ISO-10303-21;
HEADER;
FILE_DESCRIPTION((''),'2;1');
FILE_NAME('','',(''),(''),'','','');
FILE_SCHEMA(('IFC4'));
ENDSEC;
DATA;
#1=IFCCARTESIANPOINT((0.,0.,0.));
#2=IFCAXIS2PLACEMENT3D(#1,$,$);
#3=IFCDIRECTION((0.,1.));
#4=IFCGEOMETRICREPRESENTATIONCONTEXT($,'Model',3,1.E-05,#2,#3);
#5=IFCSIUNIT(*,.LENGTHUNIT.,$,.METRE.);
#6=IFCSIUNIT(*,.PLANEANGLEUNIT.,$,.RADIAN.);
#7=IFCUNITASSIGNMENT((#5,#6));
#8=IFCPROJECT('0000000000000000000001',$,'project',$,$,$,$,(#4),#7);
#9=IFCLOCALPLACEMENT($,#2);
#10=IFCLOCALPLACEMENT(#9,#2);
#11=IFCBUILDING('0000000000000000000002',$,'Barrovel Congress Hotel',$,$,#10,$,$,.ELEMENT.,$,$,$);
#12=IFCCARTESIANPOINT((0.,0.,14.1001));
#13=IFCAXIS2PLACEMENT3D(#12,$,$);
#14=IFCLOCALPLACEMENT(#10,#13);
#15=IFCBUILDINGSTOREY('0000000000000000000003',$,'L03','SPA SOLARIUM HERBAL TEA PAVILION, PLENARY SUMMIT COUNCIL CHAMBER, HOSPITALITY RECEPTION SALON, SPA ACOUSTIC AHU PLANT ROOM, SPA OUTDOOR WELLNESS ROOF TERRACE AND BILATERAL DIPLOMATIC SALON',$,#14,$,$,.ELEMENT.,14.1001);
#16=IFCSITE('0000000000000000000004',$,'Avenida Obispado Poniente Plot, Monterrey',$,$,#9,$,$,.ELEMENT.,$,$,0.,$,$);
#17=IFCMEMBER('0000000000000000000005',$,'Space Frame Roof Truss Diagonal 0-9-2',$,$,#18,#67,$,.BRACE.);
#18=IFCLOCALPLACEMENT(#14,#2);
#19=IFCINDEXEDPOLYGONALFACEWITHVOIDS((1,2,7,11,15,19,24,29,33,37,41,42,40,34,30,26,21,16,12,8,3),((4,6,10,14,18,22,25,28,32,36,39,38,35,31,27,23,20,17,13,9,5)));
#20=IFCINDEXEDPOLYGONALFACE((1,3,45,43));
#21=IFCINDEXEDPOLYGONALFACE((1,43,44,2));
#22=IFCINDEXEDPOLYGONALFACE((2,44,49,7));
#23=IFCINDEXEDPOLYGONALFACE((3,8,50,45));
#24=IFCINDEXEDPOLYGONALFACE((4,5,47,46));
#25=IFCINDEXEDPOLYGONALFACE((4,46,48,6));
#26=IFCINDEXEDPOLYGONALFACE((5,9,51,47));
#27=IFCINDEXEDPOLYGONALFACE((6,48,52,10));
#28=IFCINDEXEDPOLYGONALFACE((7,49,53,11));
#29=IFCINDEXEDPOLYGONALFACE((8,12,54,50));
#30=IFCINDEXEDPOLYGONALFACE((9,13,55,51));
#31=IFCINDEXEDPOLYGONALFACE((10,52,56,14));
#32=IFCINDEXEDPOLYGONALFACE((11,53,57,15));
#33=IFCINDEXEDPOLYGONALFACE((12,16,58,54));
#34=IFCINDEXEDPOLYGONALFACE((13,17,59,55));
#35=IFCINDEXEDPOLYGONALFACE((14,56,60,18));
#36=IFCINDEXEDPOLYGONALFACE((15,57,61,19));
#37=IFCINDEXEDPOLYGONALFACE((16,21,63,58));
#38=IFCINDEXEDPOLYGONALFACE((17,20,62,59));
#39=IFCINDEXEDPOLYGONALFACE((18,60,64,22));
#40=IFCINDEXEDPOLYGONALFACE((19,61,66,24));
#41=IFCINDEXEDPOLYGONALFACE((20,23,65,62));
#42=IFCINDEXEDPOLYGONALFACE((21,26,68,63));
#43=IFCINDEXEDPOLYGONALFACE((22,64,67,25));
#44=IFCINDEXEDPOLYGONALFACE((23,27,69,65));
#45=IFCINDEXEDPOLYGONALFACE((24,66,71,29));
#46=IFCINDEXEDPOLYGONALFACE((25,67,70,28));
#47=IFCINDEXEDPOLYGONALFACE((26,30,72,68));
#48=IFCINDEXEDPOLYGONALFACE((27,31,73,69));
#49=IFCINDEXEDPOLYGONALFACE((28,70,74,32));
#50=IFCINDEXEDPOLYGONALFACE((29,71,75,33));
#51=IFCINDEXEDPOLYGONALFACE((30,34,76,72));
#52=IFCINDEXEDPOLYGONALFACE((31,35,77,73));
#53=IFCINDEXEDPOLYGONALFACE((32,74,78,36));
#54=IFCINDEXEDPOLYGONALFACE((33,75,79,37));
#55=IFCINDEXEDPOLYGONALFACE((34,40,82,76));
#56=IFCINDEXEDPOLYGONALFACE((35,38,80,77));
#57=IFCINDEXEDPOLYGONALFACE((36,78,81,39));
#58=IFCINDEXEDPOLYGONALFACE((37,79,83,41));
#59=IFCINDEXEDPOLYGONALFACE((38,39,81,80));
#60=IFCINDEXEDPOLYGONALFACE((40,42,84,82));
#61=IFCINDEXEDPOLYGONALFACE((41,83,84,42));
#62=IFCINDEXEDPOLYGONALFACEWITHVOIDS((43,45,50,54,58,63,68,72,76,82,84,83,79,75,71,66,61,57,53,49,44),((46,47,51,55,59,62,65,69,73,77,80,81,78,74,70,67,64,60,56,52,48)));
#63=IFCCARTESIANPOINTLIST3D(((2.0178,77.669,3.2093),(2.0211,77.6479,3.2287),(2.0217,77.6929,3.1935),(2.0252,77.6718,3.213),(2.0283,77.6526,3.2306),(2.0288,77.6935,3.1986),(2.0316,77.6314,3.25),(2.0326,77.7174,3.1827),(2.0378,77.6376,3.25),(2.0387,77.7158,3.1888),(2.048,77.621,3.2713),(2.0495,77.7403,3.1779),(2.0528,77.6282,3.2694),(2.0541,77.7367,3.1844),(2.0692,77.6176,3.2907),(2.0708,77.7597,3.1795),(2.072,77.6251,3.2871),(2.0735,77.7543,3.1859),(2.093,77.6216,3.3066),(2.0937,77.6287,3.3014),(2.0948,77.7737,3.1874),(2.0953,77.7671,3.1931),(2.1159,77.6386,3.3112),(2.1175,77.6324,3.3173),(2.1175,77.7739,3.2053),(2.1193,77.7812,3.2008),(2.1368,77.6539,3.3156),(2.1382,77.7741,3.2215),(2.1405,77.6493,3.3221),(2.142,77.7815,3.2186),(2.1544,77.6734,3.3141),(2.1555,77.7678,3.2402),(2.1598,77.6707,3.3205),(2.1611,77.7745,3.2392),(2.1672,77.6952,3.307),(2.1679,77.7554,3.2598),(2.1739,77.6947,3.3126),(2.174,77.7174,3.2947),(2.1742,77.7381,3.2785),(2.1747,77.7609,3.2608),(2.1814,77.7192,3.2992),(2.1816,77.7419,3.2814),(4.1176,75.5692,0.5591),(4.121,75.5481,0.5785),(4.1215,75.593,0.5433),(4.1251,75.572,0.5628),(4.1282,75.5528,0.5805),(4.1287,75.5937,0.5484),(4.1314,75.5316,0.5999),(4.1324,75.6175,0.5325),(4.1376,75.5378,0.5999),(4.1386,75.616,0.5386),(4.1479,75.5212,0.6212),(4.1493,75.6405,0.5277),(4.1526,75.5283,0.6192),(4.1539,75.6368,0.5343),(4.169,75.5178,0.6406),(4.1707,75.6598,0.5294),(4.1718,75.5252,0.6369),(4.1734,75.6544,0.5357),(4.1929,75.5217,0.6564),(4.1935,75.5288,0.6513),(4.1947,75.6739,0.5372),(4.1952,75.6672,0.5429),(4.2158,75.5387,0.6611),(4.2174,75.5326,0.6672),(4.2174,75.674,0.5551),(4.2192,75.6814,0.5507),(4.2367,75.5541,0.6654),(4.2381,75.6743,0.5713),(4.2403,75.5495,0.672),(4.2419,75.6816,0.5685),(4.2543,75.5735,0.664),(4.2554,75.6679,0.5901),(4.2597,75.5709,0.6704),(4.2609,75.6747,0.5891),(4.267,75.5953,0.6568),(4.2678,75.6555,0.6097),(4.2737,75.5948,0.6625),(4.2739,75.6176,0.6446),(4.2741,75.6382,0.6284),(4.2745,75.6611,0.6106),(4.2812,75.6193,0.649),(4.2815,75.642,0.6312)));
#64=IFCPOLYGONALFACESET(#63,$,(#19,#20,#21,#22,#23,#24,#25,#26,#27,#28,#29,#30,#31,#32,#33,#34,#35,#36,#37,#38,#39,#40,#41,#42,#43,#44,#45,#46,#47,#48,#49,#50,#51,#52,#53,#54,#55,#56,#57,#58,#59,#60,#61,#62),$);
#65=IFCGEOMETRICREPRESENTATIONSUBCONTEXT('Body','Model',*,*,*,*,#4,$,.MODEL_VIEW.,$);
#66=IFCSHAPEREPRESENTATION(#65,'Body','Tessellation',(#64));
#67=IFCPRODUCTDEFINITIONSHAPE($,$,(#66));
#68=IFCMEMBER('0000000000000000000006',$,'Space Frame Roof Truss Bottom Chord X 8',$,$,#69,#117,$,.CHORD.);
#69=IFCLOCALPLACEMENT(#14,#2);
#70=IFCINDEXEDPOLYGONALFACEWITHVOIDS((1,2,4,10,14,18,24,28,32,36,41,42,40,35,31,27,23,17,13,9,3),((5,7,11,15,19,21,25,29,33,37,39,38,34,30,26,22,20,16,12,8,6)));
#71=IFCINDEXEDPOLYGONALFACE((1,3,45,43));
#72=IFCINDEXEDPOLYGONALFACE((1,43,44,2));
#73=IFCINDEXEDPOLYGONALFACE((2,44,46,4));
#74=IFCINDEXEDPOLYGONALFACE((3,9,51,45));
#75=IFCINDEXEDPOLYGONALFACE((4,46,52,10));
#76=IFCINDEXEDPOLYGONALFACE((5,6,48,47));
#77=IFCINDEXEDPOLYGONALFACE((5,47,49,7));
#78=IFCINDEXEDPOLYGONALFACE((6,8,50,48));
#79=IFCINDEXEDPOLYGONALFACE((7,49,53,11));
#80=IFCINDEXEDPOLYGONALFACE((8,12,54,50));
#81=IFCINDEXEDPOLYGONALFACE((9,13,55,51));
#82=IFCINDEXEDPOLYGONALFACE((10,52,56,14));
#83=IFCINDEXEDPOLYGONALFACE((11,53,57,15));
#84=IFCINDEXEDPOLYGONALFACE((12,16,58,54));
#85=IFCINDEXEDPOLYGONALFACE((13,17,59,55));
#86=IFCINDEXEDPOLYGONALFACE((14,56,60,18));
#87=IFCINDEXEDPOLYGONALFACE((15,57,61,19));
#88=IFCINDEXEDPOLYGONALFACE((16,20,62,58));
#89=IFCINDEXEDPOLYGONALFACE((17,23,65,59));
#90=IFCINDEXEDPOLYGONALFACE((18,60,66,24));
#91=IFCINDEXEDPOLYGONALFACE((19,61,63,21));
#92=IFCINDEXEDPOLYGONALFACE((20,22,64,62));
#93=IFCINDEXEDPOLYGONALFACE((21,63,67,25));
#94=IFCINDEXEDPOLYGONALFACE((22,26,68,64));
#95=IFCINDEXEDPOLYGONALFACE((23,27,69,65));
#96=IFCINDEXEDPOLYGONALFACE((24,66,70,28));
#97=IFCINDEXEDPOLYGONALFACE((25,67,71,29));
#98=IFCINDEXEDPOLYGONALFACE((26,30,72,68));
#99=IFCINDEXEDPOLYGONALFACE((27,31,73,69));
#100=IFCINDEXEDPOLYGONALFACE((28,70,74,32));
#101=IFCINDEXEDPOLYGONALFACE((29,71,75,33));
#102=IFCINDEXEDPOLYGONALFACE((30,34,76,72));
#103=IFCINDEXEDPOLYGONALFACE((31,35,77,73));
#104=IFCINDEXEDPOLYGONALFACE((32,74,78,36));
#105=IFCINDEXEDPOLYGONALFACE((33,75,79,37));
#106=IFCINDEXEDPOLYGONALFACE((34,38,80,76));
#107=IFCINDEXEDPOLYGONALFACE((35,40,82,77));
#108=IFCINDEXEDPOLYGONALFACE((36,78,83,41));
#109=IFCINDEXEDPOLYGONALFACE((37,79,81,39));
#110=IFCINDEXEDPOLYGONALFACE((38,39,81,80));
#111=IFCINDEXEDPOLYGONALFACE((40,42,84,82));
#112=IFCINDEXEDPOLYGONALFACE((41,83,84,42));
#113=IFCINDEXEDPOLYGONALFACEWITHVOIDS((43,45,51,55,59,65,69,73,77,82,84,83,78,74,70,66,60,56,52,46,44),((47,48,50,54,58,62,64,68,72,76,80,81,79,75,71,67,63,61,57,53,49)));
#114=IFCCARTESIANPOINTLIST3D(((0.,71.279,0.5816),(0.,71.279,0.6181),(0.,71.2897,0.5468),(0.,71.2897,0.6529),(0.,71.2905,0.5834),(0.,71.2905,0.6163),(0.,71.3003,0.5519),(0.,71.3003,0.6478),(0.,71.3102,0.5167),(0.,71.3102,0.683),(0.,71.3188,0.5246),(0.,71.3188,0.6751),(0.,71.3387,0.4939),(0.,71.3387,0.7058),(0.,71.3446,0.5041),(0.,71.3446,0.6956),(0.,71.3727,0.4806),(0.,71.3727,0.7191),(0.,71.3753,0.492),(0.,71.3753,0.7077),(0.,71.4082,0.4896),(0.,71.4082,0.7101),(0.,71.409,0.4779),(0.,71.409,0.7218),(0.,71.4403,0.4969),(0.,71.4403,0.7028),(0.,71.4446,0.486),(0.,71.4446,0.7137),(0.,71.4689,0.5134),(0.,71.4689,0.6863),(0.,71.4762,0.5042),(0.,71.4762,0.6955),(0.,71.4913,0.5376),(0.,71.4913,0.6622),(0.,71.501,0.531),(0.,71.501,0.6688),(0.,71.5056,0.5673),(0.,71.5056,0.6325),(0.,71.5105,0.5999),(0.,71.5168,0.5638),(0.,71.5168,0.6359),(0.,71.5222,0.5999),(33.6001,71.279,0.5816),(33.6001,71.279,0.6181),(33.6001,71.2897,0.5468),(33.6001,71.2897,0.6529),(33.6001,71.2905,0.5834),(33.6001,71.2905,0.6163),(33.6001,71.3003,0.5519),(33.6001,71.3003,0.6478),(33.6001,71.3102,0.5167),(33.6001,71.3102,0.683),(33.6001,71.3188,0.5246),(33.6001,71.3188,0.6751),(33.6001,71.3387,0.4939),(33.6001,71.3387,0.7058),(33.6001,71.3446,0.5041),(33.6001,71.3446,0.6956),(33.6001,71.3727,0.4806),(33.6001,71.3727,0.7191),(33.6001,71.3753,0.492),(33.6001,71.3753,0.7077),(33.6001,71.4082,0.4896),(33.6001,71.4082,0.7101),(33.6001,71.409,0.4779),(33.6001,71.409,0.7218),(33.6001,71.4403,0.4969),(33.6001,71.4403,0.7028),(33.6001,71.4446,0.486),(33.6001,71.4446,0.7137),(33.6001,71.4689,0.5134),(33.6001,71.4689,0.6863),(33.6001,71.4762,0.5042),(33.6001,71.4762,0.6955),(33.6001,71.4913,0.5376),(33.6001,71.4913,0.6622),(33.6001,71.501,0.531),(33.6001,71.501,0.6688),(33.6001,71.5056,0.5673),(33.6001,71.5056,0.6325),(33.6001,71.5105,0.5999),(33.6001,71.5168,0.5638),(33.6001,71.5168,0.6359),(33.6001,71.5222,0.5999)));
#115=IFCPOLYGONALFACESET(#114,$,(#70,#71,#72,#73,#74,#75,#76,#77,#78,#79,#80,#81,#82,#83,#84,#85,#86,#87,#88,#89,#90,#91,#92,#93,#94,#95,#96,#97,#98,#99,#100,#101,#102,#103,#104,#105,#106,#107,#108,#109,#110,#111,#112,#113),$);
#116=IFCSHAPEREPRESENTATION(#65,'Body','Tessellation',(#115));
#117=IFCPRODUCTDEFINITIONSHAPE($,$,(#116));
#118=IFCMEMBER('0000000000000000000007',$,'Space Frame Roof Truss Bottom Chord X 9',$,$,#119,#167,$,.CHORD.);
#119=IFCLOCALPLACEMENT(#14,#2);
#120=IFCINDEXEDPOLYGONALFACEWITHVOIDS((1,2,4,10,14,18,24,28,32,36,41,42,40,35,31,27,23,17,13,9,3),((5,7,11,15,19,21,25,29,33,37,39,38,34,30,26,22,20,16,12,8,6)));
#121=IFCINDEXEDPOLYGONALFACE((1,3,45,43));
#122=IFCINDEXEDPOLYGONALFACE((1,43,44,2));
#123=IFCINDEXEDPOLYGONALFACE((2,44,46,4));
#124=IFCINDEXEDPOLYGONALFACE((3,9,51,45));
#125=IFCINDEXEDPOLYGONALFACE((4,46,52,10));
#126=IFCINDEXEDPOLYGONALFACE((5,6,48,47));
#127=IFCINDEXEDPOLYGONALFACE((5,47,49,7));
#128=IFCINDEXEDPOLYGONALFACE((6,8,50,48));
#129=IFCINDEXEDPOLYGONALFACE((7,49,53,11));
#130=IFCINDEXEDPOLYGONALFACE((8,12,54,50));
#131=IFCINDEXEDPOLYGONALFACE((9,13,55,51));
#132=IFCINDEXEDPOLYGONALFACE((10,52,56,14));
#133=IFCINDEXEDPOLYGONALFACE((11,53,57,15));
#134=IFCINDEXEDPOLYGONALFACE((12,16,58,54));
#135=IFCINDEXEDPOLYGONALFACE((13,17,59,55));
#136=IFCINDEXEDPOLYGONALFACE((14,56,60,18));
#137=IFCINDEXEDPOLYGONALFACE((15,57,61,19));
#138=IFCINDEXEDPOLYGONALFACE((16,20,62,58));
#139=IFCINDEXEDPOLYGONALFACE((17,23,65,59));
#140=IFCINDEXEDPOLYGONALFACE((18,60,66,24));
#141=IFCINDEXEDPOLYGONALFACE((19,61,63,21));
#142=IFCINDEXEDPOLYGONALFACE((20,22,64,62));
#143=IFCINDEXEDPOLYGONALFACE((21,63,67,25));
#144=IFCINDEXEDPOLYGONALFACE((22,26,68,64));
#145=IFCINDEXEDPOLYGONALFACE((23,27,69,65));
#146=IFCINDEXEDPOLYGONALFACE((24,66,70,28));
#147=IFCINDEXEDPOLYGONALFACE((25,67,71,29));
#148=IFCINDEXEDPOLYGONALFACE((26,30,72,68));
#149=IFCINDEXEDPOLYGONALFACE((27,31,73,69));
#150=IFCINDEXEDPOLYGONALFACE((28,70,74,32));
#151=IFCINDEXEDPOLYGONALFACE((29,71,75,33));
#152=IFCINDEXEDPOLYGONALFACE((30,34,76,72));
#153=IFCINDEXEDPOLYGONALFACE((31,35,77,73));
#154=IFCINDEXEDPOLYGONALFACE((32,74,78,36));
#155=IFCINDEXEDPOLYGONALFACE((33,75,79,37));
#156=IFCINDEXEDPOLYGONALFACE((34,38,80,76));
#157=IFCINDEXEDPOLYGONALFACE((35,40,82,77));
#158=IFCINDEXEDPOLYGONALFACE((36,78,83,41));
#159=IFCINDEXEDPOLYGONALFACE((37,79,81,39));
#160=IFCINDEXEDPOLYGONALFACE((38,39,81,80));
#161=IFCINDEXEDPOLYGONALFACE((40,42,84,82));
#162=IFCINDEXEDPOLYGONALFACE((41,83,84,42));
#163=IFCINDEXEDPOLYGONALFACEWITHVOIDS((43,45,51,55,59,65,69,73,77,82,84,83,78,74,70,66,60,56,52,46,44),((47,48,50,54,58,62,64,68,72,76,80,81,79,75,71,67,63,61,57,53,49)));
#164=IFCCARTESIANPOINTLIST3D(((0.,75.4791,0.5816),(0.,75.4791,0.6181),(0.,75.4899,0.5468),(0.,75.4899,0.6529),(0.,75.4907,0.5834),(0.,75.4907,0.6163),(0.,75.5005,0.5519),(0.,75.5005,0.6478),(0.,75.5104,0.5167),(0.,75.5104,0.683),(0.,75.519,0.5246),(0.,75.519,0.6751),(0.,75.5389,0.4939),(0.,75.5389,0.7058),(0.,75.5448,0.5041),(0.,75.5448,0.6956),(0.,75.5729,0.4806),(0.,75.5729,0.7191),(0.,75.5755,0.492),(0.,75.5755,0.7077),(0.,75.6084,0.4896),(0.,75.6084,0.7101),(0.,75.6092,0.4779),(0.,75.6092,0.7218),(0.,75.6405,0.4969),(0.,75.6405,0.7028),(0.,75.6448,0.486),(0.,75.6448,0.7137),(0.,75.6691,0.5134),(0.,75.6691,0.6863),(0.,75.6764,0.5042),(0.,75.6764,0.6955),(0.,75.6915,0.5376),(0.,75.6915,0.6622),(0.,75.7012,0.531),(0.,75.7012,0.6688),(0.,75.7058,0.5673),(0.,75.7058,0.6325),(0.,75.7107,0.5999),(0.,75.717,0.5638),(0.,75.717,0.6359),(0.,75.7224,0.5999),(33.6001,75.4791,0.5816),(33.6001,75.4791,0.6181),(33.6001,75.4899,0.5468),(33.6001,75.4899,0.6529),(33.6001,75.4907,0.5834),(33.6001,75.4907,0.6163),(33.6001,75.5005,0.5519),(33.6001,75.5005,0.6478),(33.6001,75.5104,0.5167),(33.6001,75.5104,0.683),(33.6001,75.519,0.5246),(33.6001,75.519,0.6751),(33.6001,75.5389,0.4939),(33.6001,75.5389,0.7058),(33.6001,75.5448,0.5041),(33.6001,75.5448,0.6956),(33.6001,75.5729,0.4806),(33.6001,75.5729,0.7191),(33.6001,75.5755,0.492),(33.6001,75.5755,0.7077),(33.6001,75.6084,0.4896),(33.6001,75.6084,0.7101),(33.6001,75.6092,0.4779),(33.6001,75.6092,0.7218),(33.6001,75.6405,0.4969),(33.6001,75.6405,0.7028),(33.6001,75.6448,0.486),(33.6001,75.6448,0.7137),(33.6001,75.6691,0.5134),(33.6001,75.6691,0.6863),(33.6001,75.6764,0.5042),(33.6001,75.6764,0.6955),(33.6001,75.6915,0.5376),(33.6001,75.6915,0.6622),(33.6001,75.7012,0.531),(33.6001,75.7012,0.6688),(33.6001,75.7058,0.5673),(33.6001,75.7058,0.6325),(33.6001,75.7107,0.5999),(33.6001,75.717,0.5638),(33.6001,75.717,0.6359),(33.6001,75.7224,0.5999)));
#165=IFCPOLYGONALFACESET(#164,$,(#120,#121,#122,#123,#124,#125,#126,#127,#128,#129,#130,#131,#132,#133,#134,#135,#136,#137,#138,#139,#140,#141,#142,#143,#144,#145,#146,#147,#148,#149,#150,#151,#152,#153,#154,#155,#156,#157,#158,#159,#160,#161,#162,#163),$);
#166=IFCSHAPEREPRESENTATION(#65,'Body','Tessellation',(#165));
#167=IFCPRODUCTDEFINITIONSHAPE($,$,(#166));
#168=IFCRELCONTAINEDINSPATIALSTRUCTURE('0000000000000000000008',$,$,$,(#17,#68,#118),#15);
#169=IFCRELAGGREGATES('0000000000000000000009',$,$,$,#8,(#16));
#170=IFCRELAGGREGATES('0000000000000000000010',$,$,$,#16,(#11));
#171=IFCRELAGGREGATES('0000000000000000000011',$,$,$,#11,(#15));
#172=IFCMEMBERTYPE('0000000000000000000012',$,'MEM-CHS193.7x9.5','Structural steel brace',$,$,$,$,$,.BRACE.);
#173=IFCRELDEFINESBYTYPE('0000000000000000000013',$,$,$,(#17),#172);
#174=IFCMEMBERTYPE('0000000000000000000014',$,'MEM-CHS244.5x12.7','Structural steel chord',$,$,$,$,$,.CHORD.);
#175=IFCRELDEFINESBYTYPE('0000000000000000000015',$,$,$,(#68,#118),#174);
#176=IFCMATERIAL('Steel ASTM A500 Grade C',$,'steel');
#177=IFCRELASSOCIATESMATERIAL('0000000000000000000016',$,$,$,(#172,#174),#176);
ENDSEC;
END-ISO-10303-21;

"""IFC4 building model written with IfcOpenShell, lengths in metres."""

from ifc_helpers import new_model, si_unit, direction, frame, origin, origin_2d, place, context, subcontext, project, spatial, hollow_circle, extrude, material, material_profile, profile_set, type_object, element, save


model = new_model("IFC4")

# Units and contexts
model_context = context("Model", 3, precision=1e-05, world=origin(), true_north=direction((0.0, 1.0)))
body_context = subcontext(model_context, "Body", "Model", "MODEL_VIEW")
ifc_project = project(units=[si_unit("LENGTHUNIT", "METRE"), si_unit("PLANEANGLEUNIT", "RADIAN")], contexts=[model_context])

# Site, building, storey
site_placement = place(None, origin())
site = spatial("IfcSite", under=ifc_project, at=site_placement, Name="Avenida Obispado Poniente Plot, Monterrey", CompositionType="ELEMENT", RefElevation=0.0)
building_placement = place(site_placement, origin())
building = spatial("IfcBuilding", under=site, at=building_placement, Name="Barrovel Congress Hotel", CompositionType="ELEMENT")
storey_placement = place(building_placement, frame((0.0, 0.0, 14.1001)))
storey = spatial("IfcBuildingStorey", under=building, at=storey_placement, Name="L03", Description="SPA SOLARIUM HERBAL TEA PAVILION, PLENARY SUMMIT COUNCIL CHAMBER, HOSPITALITY RECEPTION SALON, SPA ACOUSTIC AHU PLANT ROOM, SPA OUTDOOR WELLNESS ROOF TERRACE AND BILATERAL DIPLOMATIC SALON", CompositionType="ELEMENT", Elevation=14.1001)

# Members
ifc_material_1 = material(Name="Steel ASTM A500 Grade C", Category="steel")
ifc_material_profile_1 = material_profile(ifc_material_1, hollow_circle(Radius=0.0969, WallThickness=0.0088, at=origin_2d()), Name="CHS193.7x9.5")
ifc_profile_set_1 = profile_set([ifc_material_profile_1], Name="Steel ASTM A500 Grade C")
member_type_1 = type_object("IfcMemberType", Name="MEM-CHS193.7x9.5", Description="Structural steel brace", PredefinedType="BRACE", material=ifc_profile_set_1)
for number, where, z_axis, x_axis, name in (
    (1, (4.2, 75.6001, 0.5999), (-0.527574, 0.527574, 0.665831), (-0.707107, -0.707107, 0.0), "Space Frame Roof Truss Diagonal 0-9-2"),
):
    element("IfcMember", number, at=place(storey_placement, frame(where, z_axis=z_axis, x_axis=x_axis)), inside=storey, type_object=member_type_1, Name=name, PredefinedType="BRACE", context=body_context, shape_type="SweptSolid", body=[
        extrude(hollow_circle(Radius=0.0969, WallThickness=0.0088, at=origin_2d()), origin(), (0.0, 0.0, 1.0), 3.9802),
    ])
ifc_material_profile_2 = material_profile(ifc_material_1, hollow_circle(Radius=0.1223, WallThickness=0.0117, at=origin_2d()), Name="CHS244.5x12.7")
ifc_profile_set_2 = profile_set([ifc_material_profile_2], Name="Steel ASTM A500 Grade C")
member_type_2 = type_object("IfcMemberType", Name="MEM-CHS244.5x12.7", Description="Structural steel chord", PredefinedType="CHORD", material=ifc_profile_set_2)
for number, where, z_axis, x_axis, name in (
    (2, (0.0, 71.3999, 0.5999), (1.0, 0.0, 0.0), (0.0, 1.0, 0.0), "Space Frame Roof Truss Bottom Chord X 8"),
    (3, (0.0, 75.6001, 0.5999), (1.0, 0.0, 0.0), (0.0, 1.0, 0.0), "Space Frame Roof Truss Bottom Chord X 9"),
):
    element("IfcMember", number, at=place(storey_placement, frame(where, z_axis=z_axis, x_axis=x_axis)), inside=storey, type_object=member_type_2, Name=name, PredefinedType="CHORD", context=body_context, shape_type="SweptSolid", body=[
        extrude(hollow_circle(Radius=0.1223, WallThickness=0.0117, at=origin_2d()), origin(), (0.0, 0.0, 1.0), 33.6001),
    ])

save(model, "model.ifc")
